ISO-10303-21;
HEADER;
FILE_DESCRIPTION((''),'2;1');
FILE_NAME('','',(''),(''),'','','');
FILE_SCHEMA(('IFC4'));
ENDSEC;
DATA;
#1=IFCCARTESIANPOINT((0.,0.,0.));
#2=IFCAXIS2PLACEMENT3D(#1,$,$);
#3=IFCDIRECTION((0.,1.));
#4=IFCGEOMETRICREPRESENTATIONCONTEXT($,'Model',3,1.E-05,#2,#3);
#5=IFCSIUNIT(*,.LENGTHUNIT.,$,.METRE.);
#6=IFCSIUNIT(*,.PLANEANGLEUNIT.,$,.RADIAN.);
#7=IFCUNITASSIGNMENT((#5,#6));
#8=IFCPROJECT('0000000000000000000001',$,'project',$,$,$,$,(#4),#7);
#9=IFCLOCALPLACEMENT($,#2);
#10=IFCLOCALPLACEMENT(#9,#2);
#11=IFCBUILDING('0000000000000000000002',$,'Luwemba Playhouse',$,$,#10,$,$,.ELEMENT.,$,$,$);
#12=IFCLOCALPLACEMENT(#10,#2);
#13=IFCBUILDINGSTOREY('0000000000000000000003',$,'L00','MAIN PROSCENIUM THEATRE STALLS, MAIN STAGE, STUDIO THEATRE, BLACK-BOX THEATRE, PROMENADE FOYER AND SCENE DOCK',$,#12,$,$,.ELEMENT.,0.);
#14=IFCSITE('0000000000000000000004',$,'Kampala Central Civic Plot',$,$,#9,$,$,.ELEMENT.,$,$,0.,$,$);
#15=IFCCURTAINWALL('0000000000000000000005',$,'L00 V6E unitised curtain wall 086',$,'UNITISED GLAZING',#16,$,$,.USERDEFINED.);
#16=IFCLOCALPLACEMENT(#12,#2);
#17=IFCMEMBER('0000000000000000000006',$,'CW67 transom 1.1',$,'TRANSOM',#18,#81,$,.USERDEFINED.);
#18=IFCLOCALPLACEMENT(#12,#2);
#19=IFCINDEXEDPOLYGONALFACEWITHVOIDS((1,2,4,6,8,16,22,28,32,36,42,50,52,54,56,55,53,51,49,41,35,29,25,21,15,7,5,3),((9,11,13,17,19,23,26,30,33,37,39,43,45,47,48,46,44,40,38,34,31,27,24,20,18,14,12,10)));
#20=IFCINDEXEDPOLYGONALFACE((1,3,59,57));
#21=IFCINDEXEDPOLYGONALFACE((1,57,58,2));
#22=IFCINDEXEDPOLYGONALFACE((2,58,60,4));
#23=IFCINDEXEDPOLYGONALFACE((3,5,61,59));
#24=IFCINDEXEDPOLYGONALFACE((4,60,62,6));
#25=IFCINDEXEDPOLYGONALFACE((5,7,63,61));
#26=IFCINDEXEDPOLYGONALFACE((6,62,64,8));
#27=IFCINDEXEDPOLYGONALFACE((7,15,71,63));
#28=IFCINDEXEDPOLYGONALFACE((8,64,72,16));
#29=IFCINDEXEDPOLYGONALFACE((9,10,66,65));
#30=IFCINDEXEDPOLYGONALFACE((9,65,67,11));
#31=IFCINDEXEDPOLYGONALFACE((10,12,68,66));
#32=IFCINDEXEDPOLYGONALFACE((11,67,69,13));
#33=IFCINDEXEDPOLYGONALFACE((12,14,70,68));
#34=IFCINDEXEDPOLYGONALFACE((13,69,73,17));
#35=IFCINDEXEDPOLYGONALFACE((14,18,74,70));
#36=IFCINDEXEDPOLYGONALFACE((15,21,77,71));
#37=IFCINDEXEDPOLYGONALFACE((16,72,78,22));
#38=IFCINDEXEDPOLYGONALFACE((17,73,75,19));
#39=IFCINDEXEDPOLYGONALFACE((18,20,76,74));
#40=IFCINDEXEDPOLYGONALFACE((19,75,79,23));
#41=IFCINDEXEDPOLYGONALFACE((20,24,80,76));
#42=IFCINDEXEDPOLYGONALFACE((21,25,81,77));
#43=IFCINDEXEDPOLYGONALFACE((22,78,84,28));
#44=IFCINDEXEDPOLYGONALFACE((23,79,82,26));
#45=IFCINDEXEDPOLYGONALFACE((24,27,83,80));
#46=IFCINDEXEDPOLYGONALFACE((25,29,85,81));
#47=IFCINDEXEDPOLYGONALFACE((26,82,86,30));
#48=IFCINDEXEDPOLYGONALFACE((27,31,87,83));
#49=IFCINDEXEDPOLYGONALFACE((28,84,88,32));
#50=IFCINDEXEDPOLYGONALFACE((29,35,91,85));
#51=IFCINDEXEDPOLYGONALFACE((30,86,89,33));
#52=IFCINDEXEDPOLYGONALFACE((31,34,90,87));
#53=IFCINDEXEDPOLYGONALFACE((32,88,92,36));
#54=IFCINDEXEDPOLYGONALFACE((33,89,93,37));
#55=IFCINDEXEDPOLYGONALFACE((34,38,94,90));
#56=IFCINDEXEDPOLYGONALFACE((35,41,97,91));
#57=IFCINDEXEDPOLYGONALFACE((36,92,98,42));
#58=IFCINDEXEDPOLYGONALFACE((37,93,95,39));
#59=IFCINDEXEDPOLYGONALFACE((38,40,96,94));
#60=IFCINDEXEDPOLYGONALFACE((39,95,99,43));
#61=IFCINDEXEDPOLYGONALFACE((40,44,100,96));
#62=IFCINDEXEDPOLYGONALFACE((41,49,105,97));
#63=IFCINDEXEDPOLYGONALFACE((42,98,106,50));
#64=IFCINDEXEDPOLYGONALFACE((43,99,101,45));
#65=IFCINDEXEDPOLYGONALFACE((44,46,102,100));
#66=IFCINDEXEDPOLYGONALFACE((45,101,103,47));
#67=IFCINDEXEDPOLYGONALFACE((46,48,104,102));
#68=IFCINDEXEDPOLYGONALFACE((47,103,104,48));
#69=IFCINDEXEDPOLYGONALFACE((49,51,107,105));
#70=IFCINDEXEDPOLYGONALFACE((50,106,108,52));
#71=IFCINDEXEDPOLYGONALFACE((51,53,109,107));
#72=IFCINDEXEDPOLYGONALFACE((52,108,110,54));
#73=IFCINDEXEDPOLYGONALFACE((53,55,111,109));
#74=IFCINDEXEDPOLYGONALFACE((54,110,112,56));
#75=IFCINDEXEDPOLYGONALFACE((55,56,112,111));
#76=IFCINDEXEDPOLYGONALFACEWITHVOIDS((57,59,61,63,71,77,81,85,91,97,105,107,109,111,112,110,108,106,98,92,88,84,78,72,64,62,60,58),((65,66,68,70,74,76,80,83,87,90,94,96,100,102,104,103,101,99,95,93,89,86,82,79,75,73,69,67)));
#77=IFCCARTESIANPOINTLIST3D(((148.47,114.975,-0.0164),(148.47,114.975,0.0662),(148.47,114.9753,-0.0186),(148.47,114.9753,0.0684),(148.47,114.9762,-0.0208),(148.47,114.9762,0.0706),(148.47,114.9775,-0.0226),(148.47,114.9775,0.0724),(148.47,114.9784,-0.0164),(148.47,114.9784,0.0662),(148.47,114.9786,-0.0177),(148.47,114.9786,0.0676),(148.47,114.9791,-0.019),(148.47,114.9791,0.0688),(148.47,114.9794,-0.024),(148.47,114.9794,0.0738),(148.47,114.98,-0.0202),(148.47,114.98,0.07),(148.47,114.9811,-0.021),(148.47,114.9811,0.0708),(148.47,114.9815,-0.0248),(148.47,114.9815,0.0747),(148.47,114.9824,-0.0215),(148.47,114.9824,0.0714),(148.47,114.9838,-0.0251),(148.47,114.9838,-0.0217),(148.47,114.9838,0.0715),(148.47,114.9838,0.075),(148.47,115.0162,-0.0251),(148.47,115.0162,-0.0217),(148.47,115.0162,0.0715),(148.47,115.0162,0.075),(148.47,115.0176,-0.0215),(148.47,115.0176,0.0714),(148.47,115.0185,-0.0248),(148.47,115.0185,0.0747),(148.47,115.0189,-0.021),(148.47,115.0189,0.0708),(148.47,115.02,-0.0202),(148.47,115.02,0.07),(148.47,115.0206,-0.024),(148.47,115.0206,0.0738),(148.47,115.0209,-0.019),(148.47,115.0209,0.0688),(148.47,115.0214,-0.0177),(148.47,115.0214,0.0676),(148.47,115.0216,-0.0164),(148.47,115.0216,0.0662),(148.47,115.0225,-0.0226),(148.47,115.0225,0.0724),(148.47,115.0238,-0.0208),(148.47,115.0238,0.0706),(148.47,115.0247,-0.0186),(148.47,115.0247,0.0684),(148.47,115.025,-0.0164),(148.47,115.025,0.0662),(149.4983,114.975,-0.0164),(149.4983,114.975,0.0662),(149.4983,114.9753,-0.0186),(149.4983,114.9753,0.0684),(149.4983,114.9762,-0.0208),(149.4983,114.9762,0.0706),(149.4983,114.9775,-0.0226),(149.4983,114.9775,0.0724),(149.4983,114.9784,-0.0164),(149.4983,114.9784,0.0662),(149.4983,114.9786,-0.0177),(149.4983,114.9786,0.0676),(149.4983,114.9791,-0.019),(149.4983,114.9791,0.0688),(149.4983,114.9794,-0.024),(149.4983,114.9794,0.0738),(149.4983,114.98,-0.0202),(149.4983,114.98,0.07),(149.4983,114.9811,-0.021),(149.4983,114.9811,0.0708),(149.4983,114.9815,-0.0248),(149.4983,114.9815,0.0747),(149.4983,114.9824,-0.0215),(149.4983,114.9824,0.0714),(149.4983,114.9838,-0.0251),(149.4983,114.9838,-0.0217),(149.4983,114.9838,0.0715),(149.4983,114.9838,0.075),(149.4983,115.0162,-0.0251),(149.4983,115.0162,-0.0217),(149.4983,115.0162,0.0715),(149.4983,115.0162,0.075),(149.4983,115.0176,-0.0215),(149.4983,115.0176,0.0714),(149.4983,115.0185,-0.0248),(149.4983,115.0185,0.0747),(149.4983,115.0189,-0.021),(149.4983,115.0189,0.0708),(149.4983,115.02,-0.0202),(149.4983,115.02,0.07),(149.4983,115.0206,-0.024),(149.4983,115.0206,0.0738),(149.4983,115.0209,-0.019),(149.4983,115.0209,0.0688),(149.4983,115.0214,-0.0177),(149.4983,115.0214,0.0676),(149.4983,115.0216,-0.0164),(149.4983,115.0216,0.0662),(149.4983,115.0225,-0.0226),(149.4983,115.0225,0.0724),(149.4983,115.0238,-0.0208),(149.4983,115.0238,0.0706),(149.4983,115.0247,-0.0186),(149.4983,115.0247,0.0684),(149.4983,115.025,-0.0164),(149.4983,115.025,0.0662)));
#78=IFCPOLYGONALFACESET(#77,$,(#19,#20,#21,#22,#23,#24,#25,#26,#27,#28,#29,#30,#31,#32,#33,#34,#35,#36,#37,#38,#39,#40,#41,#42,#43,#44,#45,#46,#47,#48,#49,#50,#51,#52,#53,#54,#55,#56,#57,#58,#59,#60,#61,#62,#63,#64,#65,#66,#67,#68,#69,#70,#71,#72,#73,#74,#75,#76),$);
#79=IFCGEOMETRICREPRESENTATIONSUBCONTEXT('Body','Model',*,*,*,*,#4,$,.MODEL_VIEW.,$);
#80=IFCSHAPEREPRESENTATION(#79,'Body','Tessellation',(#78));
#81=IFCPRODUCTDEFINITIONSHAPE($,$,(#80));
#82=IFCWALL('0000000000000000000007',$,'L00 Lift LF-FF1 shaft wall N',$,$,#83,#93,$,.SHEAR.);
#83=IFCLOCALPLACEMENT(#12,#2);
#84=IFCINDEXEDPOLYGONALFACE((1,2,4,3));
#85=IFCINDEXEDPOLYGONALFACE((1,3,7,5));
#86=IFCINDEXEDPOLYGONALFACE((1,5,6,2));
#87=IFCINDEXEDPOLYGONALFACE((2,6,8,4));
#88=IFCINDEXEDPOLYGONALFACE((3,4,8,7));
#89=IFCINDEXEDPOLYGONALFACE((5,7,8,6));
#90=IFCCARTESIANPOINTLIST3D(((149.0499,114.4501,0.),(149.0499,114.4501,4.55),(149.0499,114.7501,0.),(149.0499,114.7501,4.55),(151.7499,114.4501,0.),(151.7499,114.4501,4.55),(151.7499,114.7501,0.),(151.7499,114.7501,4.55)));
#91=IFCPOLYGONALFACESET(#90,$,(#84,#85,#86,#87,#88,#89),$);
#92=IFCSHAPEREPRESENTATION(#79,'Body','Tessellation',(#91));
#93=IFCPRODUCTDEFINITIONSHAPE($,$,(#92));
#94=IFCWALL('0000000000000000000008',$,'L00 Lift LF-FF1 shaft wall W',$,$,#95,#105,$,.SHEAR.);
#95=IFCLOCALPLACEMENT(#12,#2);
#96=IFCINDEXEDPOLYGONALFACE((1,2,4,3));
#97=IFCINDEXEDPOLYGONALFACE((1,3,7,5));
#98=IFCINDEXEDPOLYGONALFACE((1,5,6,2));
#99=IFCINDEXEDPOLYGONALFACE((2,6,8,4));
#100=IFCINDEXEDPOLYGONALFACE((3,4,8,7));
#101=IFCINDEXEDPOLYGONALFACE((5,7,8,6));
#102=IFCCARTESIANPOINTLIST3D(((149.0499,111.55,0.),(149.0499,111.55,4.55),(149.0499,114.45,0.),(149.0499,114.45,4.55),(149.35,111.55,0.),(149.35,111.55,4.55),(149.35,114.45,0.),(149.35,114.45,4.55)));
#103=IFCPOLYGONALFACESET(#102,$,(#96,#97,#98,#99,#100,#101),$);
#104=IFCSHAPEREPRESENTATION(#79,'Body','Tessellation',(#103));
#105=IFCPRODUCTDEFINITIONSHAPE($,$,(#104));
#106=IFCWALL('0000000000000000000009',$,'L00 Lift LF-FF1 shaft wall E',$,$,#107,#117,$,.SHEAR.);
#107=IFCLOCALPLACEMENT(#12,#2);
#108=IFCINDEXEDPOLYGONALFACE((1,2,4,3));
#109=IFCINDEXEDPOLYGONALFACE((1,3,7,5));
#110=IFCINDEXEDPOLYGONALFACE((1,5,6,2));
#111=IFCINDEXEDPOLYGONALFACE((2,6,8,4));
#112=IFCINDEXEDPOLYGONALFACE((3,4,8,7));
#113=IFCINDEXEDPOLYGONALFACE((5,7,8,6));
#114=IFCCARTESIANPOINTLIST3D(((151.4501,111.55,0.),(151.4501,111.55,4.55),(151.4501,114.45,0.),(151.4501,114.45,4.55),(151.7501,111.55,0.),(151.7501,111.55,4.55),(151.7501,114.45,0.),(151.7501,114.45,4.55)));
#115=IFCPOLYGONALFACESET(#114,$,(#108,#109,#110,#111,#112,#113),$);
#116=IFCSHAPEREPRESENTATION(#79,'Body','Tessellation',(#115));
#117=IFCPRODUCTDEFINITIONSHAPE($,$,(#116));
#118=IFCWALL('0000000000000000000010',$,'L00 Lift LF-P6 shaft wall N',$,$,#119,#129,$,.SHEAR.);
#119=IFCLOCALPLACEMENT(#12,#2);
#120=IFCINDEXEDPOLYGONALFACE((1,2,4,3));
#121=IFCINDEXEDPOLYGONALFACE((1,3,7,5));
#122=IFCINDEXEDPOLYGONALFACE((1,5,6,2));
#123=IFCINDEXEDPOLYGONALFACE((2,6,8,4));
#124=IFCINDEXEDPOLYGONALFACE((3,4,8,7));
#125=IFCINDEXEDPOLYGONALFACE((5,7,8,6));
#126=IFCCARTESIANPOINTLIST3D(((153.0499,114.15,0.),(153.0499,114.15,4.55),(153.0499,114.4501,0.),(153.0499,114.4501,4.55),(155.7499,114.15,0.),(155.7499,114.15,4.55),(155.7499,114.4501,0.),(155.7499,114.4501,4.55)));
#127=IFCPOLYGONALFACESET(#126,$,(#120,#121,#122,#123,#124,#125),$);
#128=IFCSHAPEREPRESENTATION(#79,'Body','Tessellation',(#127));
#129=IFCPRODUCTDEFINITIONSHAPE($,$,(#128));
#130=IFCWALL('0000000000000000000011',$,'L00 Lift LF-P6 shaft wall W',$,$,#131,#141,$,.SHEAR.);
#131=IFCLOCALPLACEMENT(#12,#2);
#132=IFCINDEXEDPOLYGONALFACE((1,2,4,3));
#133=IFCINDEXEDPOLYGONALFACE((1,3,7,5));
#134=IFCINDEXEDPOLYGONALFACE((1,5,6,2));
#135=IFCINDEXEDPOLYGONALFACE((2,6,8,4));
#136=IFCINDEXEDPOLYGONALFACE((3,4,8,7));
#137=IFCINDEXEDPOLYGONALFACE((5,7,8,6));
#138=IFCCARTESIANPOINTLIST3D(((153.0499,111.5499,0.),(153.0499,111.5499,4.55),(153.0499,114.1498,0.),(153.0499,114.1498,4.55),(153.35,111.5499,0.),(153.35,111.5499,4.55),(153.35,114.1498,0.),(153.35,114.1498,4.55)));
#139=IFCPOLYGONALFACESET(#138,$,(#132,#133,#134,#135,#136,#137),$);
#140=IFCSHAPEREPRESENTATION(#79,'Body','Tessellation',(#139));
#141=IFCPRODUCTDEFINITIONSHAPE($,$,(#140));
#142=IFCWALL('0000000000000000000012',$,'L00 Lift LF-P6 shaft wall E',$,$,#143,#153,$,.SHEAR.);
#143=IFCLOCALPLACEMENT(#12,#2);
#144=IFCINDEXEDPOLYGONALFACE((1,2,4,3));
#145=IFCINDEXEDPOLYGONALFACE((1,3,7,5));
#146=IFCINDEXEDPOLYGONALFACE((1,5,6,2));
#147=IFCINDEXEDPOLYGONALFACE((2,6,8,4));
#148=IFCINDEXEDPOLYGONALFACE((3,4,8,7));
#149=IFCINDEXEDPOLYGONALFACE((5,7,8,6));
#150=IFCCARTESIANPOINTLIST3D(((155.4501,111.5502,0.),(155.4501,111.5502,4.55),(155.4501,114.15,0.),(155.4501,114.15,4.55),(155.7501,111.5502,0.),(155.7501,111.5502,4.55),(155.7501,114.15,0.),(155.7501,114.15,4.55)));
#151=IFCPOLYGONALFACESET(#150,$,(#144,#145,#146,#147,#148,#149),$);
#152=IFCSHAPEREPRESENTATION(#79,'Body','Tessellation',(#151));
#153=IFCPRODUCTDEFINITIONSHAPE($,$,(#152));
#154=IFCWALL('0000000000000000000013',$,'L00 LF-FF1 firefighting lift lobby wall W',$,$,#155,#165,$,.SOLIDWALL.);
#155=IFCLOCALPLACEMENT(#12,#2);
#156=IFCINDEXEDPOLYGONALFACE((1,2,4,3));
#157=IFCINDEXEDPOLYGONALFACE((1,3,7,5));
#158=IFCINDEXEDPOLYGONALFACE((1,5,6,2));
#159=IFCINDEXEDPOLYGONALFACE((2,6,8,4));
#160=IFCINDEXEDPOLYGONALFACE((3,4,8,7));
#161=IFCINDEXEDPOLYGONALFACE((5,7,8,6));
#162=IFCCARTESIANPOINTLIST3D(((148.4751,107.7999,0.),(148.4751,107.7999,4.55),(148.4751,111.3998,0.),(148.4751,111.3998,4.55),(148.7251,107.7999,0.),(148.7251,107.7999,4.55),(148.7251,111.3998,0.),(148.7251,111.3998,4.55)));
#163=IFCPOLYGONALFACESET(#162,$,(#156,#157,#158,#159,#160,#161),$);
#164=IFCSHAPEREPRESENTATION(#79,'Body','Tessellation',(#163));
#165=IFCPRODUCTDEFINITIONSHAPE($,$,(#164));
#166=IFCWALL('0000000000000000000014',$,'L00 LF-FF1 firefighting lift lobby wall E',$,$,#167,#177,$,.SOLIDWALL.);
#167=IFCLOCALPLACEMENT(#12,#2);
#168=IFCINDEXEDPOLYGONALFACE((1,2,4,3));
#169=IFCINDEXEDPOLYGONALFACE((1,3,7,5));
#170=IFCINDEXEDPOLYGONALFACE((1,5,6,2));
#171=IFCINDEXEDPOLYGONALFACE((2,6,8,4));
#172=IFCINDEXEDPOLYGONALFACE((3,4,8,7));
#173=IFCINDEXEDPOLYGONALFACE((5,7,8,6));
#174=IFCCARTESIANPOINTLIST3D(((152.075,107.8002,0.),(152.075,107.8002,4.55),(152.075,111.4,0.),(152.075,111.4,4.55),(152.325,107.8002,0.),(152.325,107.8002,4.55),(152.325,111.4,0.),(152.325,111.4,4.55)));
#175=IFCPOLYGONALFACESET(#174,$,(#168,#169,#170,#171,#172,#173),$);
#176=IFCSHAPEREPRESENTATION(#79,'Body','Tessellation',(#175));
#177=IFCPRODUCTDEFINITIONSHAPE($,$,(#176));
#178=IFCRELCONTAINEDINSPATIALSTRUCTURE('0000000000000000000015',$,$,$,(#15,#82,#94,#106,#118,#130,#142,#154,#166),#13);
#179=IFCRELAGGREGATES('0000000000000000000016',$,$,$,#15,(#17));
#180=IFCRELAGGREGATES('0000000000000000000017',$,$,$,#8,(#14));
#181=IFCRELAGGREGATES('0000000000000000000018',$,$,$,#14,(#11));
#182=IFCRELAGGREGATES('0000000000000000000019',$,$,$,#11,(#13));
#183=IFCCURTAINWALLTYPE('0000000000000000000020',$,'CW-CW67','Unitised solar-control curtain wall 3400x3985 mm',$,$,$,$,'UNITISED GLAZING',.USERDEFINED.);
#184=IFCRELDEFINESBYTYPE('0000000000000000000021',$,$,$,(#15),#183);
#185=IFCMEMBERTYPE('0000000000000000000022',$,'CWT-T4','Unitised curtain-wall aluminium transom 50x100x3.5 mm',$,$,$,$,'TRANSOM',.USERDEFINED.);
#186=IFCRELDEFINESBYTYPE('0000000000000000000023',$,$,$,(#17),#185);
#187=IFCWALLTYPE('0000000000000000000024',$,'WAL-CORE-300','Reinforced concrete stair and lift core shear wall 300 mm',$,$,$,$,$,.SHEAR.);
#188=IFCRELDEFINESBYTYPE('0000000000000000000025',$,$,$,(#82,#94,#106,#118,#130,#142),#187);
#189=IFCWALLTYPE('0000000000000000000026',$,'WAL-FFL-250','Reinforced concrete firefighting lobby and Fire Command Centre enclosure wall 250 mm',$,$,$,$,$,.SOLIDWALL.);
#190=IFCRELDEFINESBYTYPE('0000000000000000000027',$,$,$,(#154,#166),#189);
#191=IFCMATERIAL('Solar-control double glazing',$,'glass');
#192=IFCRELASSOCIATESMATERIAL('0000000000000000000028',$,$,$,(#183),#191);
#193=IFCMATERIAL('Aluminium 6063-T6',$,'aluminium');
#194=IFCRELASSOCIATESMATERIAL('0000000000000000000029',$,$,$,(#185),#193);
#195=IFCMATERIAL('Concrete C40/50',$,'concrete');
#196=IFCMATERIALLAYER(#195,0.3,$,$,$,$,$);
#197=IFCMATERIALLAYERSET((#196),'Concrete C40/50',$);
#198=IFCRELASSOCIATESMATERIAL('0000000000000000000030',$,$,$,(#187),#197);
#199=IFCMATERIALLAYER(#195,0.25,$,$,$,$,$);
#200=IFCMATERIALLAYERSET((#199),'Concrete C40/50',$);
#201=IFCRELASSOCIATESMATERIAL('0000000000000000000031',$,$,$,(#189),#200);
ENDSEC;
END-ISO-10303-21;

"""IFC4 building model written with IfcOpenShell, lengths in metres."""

from ifc_helpers import new_model, si_unit, direction, frame, frame_2d, origin, origin_2d, place, context, subcontext, project, spatial, rectangle, hollow_rectangle, extrude, material, layer, layer_set, material_profile, profile_set, type_object, element, aggregate, save


model = new_model("IFC4")

# Units and contexts
model_context = context("Model", 3, precision=1e-05, world=origin(), true_north=direction((0.0, 1.0)))
body_context = subcontext(model_context, "Body", "Model", "MODEL_VIEW")
ifc_project = project(units=[si_unit("LENGTHUNIT", "METRE"), si_unit("PLANEANGLEUNIT", "RADIAN")], contexts=[model_context])

# Site, building, storey
site_placement = place(None, origin())
site = spatial("IfcSite", under=ifc_project, at=site_placement, Name="Kampala Central Civic Plot", CompositionType="ELEMENT", RefElevation=0.0)
building_placement = place(site_placement, origin())
building = spatial("IfcBuilding", under=site, at=building_placement, Name="Luwemba Playhouse", CompositionType="ELEMENT")
storey_placement = place(building_placement, origin())
storey = spatial("IfcBuildingStorey", under=building, at=storey_placement, Name="L00", Description="MAIN PROSCENIUM THEATRE STALLS, MAIN STAGE, STUDIO THEATRE, BLACK-BOX THEATRE, PROMENADE FOYER AND SCENE DOCK", CompositionType="ELEMENT", Elevation=0.0)

# Shared definitions
ifc_material_1 = material(Name="Concrete C40/50", Category="concrete")

# Curtain wall, member
ifc_material_2 = material(Name="Solar-control double glazing", Category="glass")
curtain_wall_type = type_object("IfcCurtainWallType", Name="CW-CW67", Description="Unitised solar-control curtain wall 3400x3985 mm", ElementType="UNITISED GLAZING", PredefinedType="USERDEFINED", material=ifc_material_2)
curtain_wall_placement = place(storey_placement, origin())
curtain_wall = element("IfcCurtainWall", 1, at=curtain_wall_placement, inside=storey, type_object=curtain_wall_type, Name="L00 V6E unitised curtain wall 086", ObjectType="UNITISED GLAZING", PredefinedType="USERDEFINED")
ifc_material_3 = material(Name="Aluminium 6063-T6", Category="aluminium")
ifc_material_profile_1 = material_profile(ifc_material_3, hollow_rectangle(XDim=0.05, YDim=0.1001, WallThickness=0.0034, InnerFilletRadius=0.0054, OuterFilletRadius=0.0088, at=origin_2d()))
ifc_profile_set_1 = profile_set([ifc_material_profile_1], Name="Aluminium 6063-T6")
member_type_1 = type_object("IfcMemberType", Name="CWT-T4", Description="Unitised curtain-wall aluminium transom 50x100x3.5 mm", ElementType="TRANSOM", PredefinedType="USERDEFINED", material=ifc_profile_set_1)
member_1_placement = place(storey_placement, frame((148.47, 115.0, 0.0249), z_axis=(1.0, 0.0, 0.0), x_axis=(0.0, 1.0, 0.0)))
member_1 = element("IfcMember", 2, at=member_1_placement, type_object=member_type_1, Name="CW67 transom 1.1", ObjectType="TRANSOM", PredefinedType="USERDEFINED", context=body_context, shape_type="SweptSolid", body=[
    extrude(hollow_rectangle(XDim=0.05, YDim=0.1001, WallThickness=0.0034, InnerFilletRadius=0.0054, OuterFilletRadius=0.0088, at=origin_2d()), origin(), (0.0, 0.0, 1.0), 1.0283),
])
aggregate(curtain_wall, [member_1])

# Shared definitions
ifc_layer_1 = layer(ifc_material_1, 0.3)
ifc_layer_set_1 = layer_set([ifc_layer_1], Name="Concrete C40/50")
wall_type_1 = type_object("IfcWallType", Name="WAL-CORE-300", Description="Reinforced concrete stair and lift core shear wall 300 mm", PredefinedType="SHEAR", material=ifc_layer_set_1)

# Walls
wall_1_placement = place(storey_placement, frame((151.75, 114.6001, 0.0), z_axis=(0.0, 0.0, 1.0), x_axis=(-1.0, 0.0, 0.0)))
element("IfcWall", 3, at=wall_1_placement, inside=storey, type_object=wall_type_1, Name="L00 Lift LF-FF1 shaft wall N", PredefinedType="SHEAR", context=body_context, shape_type="SweptSolid", body=[
    extrude(rectangle(XDim=2.7, YDim=0.3, at=frame_2d((1.3501, 0.0))), origin(), (0.0, 0.0, 1.0), 4.55),
])
for number, where, z_axis, x_axis, name in (
    (4, (149.2, 111.55, 0.0), (0.0, 0.0, 1.0), (0.0, 1.0, 0.0), "L00 Lift LF-FF1 shaft wall W"),
    (5, (151.6001, 114.45, 0.0), (0.0, 0.0, 1.0), (0.0, -1.0, 0.0), "L00 Lift LF-FF1 shaft wall E"),
):
    element("IfcWall", number, at=place(storey_placement, frame(where, z_axis=z_axis, x_axis=x_axis)), inside=storey, type_object=wall_type_1, Name=name, PredefinedType="SHEAR", context=body_context, shape_type="SweptSolid", body=[
        extrude(rectangle(XDim=2.8999, YDim=0.3, at=frame_2d((1.45, 0.0))), origin(), (0.0, 0.0, 1.0), 4.55),
    ])

# Walls
wall_2_placement = place(storey_placement, frame((155.75, 114.3, 0.0), z_axis=(0.0, 0.0, 1.0), x_axis=(-1.0, 0.0, 0.0)))
element("IfcWall", 6, at=wall_2_placement, inside=storey, type_object=wall_type_1, Name="L00 Lift LF-P6 shaft wall N", PredefinedType="SHEAR", context=body_context, shape_type="SweptSolid", body=[
    extrude(rectangle(XDim=2.7, YDim=0.3, at=frame_2d((1.3501, 0.0))), origin(), (0.0, 0.0, 1.0), 4.55),
])
for number, where, z_axis, x_axis, name in (
    (7, (153.2, 111.55, 0.0), (0.0, 0.0, 1.0), (0.0, 1.0, 0.0), "L00 Lift LF-P6 shaft wall W"),
    (8, (155.6001, 114.1499, 0.0), (0.0, 0.0, 1.0), (0.0, -1.0, 0.0), "L00 Lift LF-P6 shaft wall E"),
):
    element("IfcWall", number, at=place(storey_placement, frame(where, z_axis=z_axis, x_axis=x_axis)), inside=storey, type_object=wall_type_1, Name=name, PredefinedType="SHEAR", context=body_context, shape_type="SweptSolid", body=[
        extrude(rectangle(XDim=2.5999, YDim=0.3, at=frame_2d((1.2998, 0.0))), origin(), (0.0, 0.0, 1.0), 4.55),
    ])

# Shared definitions
ifc_layer_2 = layer(ifc_material_1, 0.25)
ifc_layer_set_2 = layer_set([ifc_layer_2], Name="Concrete C40/50")
wall_type_2 = type_object("IfcWallType", Name="WAL-FFL-250", Description="Reinforced concrete firefighting lobby and Fire Command Centre enclosure wall 250 mm", PredefinedType="SOLIDWALL", material=ifc_layer_set_2)

# Walls
for number, where, z_axis, x_axis, name in (
    (9, (148.6001, 107.8, 0.0), (0.0, 0.0, 1.0), (0.0, 1.0, 0.0), "L00 LF-FF1 firefighting lift lobby wall W"),
    (10, (152.2, 111.3999, 0.0), (0.0, 0.0, 1.0), (0.0, -1.0, 0.0), "L00 LF-FF1 firefighting lift lobby wall E"),
):
    element("IfcWall", number, at=place(storey_placement, frame(where, z_axis=z_axis, x_axis=x_axis)), inside=storey, type_object=wall_type_2, Name=name, PredefinedType="SOLIDWALL", context=body_context, shape_type="SweptSolid", body=[
        extrude(rectangle(XDim=3.5999, YDim=0.25, at=frame_2d((1.7998, 0.0))), origin(), (0.0, 0.0, 1.0), 4.55),
    ])

save(model, "model.ifc")
